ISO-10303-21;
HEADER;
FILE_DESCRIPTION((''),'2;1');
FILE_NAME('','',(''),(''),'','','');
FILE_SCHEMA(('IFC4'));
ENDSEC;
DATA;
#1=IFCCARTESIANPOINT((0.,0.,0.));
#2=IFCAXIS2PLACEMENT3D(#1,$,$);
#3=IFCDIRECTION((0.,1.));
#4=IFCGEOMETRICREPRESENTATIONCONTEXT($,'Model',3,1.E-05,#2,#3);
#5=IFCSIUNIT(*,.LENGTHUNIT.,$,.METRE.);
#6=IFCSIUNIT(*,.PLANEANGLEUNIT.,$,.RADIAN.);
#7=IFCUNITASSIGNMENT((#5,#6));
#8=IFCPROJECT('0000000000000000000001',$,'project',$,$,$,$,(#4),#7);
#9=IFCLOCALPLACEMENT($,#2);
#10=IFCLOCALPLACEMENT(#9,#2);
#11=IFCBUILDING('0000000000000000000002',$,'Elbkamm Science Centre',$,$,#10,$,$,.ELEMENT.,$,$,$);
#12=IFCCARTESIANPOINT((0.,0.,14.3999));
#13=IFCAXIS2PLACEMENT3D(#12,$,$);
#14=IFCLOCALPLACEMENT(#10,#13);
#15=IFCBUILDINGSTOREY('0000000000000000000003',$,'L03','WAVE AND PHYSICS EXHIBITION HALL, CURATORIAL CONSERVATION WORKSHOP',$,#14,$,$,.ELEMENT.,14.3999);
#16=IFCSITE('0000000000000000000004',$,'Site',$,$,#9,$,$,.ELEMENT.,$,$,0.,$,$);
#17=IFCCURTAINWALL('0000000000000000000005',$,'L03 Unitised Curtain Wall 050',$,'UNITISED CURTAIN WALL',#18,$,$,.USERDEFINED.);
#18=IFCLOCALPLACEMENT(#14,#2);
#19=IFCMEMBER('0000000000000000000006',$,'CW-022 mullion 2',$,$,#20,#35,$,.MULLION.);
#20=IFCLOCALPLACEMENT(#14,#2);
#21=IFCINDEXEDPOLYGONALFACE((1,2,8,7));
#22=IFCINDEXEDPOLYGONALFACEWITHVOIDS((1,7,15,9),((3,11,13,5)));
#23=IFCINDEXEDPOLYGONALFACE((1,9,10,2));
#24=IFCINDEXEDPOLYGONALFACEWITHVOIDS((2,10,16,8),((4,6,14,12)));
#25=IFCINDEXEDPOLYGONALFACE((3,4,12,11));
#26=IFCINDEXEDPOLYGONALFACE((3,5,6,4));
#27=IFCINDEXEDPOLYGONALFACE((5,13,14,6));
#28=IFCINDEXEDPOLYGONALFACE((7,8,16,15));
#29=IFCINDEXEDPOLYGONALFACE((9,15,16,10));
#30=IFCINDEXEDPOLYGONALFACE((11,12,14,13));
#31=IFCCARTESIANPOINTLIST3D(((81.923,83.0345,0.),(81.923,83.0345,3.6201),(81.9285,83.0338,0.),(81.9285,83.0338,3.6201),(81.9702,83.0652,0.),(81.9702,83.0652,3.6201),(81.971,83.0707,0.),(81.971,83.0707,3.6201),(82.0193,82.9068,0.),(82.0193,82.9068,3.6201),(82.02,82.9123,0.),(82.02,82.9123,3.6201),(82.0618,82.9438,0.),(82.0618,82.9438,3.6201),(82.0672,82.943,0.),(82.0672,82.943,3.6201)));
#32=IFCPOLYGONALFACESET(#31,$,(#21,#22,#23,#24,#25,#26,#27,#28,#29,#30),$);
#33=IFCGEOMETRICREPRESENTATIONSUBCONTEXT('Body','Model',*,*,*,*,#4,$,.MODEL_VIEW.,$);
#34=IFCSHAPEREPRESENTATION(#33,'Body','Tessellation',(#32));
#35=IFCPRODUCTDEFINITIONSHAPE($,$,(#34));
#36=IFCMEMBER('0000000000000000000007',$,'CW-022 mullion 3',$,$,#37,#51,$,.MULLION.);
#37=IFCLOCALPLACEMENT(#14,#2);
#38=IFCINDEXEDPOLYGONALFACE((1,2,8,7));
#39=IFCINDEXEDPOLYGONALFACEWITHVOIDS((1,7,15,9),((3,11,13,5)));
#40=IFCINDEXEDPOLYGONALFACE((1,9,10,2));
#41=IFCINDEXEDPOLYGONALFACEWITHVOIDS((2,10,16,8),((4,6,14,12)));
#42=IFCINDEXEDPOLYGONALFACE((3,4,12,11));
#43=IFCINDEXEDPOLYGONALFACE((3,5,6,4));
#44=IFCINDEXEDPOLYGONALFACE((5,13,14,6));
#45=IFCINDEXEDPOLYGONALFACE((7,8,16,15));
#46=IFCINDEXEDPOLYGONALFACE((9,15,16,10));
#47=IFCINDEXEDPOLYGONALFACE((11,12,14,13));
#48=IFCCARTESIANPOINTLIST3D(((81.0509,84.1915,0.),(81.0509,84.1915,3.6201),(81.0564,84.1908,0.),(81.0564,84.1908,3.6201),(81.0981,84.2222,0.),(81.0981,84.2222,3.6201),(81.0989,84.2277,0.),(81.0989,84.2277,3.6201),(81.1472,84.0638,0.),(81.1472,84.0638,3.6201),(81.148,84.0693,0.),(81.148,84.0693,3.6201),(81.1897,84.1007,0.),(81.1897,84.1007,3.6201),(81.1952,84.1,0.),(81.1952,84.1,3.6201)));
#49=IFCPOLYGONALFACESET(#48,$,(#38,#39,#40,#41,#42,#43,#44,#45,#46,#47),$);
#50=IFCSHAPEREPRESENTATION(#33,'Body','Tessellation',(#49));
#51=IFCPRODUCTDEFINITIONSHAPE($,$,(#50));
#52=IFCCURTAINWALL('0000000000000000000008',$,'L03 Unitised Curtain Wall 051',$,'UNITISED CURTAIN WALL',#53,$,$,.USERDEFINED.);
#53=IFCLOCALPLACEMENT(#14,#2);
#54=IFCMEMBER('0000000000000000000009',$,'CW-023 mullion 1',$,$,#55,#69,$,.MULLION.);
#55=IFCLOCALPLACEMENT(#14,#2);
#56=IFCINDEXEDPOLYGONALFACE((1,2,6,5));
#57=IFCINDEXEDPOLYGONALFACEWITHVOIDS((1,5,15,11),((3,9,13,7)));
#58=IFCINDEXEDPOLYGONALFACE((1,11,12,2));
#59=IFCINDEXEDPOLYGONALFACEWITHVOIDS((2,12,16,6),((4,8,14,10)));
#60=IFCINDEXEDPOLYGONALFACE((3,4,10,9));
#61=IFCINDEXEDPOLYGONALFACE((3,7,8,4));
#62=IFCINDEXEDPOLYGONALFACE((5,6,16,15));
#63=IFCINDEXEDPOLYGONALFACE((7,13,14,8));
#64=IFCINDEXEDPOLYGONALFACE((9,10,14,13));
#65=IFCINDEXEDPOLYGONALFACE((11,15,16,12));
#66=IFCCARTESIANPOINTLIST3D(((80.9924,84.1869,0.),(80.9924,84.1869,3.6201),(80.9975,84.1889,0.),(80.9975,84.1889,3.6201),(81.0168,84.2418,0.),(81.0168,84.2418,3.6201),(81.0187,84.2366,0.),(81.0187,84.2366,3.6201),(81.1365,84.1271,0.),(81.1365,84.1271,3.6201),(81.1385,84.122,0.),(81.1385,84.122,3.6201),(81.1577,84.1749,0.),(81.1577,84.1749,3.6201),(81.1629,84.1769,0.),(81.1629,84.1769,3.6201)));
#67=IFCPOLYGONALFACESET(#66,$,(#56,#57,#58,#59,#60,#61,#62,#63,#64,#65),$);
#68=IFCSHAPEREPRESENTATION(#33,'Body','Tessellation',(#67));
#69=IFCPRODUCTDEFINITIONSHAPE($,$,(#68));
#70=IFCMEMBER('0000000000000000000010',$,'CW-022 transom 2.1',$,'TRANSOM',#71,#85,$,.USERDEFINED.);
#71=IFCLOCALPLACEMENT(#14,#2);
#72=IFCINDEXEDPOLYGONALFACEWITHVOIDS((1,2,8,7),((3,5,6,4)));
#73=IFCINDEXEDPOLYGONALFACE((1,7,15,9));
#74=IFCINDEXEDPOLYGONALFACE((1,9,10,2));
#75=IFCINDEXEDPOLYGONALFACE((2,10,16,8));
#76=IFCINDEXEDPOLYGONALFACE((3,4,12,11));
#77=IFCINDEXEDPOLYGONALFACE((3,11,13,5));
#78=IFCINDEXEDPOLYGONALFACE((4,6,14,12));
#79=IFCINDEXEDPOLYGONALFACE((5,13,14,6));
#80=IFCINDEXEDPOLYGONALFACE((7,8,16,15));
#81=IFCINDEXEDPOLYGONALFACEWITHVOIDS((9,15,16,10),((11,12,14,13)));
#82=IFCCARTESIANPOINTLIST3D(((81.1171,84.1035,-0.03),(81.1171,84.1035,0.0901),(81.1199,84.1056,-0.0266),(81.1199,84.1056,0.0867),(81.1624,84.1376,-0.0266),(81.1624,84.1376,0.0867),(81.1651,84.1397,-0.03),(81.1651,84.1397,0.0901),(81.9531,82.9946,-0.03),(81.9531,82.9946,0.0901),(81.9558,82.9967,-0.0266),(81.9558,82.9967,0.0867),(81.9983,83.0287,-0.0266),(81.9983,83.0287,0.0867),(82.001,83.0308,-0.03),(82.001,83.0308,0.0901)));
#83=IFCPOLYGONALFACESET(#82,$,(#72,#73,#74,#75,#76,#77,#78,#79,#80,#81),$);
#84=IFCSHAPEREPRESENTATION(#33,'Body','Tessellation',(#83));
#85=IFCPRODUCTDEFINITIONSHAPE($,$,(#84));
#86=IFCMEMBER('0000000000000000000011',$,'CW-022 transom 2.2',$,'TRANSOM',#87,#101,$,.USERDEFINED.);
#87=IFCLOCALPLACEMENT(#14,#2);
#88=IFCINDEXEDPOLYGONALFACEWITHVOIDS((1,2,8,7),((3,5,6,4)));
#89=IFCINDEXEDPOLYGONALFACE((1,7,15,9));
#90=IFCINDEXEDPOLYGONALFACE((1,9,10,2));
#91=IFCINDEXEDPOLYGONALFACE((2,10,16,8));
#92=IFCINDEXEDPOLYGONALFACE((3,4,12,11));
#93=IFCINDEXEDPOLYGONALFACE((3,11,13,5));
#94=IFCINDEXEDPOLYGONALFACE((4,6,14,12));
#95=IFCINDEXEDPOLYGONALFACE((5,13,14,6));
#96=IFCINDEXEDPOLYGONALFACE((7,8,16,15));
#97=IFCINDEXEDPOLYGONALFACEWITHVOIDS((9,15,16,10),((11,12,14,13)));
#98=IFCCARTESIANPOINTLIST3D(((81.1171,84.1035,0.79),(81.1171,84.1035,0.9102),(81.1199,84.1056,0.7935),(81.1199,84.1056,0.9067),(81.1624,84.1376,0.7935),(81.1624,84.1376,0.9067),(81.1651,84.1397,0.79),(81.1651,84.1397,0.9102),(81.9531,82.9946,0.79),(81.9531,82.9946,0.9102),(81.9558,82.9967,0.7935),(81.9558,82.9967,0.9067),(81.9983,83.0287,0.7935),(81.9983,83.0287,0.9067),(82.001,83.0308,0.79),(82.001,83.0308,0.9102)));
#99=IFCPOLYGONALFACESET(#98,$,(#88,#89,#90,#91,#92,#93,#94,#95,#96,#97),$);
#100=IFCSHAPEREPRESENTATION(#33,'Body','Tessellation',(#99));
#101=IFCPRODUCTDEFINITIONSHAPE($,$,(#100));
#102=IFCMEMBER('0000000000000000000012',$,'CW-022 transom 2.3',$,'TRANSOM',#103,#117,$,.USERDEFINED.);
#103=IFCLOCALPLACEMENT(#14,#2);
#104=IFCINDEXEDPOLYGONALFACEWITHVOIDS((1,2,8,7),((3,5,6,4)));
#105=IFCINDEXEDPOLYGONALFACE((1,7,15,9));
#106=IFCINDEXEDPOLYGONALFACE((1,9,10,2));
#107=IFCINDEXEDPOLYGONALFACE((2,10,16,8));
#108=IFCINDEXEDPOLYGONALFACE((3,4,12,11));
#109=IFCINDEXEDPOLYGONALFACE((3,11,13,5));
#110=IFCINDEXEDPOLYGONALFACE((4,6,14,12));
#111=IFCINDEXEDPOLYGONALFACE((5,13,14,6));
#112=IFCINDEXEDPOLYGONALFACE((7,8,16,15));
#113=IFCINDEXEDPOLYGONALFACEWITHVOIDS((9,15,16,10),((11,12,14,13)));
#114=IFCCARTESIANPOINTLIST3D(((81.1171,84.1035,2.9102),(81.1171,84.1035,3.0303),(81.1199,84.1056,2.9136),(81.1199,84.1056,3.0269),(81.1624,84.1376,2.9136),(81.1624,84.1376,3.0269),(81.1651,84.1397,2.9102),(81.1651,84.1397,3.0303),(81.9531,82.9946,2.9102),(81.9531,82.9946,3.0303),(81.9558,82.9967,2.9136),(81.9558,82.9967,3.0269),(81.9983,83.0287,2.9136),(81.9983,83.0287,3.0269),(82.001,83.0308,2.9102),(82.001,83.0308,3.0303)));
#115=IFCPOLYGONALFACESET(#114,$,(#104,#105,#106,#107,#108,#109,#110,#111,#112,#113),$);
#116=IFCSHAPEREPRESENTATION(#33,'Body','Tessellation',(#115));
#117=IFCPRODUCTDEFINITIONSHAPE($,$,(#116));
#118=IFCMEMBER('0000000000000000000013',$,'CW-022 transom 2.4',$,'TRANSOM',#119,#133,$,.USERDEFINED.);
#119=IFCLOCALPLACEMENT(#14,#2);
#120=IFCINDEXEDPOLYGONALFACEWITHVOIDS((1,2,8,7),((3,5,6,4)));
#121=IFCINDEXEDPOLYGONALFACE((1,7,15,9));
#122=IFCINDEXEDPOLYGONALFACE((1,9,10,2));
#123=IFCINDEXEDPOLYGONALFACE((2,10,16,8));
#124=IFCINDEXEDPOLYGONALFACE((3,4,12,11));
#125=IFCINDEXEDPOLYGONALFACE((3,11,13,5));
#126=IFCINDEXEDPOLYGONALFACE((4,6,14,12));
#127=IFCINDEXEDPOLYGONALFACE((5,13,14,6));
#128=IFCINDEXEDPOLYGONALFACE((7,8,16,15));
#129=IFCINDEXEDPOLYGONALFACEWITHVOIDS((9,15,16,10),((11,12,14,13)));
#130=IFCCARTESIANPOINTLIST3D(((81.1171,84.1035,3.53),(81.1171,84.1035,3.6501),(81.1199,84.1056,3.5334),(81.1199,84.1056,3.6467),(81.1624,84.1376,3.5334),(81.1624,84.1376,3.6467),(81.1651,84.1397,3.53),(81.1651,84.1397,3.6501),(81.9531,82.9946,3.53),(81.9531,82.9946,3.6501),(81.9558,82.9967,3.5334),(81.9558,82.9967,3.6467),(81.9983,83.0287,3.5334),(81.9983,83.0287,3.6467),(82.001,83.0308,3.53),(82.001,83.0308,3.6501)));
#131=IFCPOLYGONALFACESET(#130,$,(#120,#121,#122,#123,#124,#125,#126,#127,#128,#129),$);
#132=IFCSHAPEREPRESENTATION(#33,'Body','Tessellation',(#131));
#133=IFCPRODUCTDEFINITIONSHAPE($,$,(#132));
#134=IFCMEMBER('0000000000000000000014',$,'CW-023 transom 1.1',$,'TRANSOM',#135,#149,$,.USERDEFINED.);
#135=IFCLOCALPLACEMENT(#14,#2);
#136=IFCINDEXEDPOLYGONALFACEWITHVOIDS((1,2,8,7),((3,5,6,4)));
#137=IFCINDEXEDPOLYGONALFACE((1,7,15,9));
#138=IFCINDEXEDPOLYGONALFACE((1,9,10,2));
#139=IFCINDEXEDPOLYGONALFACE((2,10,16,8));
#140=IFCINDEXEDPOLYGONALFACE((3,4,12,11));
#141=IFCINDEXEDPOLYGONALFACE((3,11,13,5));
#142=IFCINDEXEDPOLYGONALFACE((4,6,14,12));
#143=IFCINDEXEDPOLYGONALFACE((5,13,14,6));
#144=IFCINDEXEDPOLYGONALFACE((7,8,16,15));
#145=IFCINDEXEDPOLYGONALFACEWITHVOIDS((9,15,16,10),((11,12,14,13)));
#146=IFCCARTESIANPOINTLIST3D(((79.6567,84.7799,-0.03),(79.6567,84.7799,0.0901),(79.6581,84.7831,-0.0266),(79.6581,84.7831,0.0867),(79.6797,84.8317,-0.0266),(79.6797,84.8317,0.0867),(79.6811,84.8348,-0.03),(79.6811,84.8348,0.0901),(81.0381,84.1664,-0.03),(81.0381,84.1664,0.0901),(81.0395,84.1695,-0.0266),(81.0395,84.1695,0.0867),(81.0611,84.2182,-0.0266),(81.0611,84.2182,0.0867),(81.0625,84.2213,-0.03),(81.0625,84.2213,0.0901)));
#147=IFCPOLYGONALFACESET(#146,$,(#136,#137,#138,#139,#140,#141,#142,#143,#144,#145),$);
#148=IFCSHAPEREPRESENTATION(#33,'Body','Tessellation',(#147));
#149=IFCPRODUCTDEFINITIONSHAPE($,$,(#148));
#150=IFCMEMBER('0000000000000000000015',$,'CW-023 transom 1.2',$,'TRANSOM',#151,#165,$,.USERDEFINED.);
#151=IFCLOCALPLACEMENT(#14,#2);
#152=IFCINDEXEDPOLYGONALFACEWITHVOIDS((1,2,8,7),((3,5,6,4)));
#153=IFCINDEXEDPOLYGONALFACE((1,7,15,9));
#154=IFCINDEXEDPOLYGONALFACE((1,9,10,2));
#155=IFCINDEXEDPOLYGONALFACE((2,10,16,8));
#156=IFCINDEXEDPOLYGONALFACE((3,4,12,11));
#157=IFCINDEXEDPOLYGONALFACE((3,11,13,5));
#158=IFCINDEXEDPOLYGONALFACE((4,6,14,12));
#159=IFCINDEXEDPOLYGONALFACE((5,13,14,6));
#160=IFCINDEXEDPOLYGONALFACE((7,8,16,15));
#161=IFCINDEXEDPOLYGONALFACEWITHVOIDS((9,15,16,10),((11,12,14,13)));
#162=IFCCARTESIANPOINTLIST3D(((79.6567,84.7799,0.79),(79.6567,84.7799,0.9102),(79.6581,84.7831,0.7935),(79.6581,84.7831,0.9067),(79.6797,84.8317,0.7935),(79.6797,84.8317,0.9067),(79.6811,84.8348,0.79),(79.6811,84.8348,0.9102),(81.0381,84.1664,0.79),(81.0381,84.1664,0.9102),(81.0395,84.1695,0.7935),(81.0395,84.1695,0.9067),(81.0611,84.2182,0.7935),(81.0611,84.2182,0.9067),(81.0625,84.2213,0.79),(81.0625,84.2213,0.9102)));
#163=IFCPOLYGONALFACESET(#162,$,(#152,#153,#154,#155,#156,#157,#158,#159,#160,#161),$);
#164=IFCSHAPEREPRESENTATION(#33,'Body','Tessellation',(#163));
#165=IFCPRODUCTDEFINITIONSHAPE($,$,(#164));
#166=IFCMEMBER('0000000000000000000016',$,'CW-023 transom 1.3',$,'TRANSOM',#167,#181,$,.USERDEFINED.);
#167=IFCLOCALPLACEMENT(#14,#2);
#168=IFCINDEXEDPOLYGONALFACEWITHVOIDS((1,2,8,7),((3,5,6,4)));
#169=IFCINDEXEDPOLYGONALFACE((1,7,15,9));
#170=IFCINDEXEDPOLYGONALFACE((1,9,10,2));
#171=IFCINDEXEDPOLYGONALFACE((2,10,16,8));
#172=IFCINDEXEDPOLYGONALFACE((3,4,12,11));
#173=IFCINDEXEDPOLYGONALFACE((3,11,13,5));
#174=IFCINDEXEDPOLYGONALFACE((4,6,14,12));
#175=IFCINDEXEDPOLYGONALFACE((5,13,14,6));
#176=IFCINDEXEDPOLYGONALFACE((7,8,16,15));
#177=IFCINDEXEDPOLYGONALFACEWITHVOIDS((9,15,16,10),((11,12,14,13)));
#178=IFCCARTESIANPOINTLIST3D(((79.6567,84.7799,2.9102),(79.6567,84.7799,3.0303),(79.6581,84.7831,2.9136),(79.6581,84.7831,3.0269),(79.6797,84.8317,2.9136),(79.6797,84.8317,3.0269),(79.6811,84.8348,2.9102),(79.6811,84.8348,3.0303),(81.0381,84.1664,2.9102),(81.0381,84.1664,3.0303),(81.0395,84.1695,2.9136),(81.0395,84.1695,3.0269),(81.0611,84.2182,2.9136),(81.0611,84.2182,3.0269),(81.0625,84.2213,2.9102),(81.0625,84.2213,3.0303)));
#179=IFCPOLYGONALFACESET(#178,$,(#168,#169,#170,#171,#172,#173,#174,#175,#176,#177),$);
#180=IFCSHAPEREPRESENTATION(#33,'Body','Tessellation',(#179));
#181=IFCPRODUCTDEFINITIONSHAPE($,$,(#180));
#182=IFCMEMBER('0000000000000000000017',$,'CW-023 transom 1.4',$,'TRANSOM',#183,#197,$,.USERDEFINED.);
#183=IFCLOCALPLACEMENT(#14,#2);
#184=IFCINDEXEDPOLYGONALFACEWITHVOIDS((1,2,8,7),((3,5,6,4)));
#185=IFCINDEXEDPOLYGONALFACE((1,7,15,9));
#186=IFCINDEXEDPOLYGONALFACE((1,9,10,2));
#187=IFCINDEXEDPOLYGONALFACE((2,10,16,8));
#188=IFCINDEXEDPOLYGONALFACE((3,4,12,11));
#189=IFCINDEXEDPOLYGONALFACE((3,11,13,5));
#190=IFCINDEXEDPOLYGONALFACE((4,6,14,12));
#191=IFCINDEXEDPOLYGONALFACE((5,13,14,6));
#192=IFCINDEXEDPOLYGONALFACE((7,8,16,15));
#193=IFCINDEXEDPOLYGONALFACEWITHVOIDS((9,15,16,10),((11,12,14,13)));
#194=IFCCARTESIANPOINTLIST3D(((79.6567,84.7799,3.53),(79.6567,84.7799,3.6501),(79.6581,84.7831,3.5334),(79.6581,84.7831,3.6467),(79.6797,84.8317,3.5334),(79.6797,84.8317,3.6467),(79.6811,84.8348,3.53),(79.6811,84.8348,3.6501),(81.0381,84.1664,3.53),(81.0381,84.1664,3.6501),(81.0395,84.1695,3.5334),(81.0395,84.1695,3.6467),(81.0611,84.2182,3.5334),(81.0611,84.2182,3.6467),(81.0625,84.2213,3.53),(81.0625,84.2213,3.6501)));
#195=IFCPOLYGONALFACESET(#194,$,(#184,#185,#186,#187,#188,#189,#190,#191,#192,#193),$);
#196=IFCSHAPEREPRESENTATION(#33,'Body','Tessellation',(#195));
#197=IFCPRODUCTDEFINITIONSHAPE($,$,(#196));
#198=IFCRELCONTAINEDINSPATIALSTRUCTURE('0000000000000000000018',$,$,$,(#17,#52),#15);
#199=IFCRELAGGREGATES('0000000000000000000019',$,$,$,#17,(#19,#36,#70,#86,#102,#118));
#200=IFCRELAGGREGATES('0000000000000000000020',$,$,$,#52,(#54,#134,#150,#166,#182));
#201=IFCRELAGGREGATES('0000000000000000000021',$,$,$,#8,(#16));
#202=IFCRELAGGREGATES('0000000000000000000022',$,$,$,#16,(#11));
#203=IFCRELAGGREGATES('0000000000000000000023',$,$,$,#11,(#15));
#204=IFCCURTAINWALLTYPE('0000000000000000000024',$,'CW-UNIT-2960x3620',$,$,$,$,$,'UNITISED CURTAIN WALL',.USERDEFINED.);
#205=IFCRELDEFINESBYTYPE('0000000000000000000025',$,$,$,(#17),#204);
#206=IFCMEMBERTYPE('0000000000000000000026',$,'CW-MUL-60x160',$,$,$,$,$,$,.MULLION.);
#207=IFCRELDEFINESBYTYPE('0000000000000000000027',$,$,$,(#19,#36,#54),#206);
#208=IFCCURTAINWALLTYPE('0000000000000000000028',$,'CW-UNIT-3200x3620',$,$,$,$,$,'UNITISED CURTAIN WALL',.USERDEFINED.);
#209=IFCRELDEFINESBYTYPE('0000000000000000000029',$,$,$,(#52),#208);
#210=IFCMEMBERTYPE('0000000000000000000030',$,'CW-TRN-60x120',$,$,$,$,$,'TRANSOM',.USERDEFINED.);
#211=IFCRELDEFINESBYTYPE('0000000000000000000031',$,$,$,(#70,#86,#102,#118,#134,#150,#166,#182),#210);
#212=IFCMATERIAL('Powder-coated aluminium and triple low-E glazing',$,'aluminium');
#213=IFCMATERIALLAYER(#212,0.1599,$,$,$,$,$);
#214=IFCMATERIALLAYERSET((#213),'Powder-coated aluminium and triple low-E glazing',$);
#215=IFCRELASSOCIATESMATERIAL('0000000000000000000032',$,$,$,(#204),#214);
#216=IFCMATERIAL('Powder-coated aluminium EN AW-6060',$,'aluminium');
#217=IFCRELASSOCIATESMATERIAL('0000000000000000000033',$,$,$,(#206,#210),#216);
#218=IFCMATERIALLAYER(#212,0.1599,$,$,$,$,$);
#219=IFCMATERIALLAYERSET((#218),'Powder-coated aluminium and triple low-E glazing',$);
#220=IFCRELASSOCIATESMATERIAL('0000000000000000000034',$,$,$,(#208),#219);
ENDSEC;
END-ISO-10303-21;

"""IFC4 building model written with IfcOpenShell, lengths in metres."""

from ifc_helpers import new_model, si_unit, direction, frame, origin, origin_2d, place, context, subcontext, project, spatial, hollow_rectangle, extrude, material, layer, layer_set, material_profile, profile_set, type_object, element, aggregate, save


model = new_model("IFC4")

# Units and contexts
model_context = context("Model", 3, precision=1e-05, world=origin(), true_north=direction((0.0, 1.0)))
body_context = subcontext(model_context, "Body", "Model", "MODEL_VIEW")
ifc_project = project(units=[si_unit("LENGTHUNIT", "METRE"), si_unit("PLANEANGLEUNIT", "RADIAN")], contexts=[model_context])

# Site, building, storey
site_placement = place(None, origin())
site = spatial("IfcSite", under=ifc_project, at=site_placement, Name="Site", CompositionType="ELEMENT", RefElevation=0.0)
building_placement = place(site_placement, origin())
building = spatial("IfcBuilding", under=site, at=building_placement, Name="Elbkamm Science Centre", CompositionType="ELEMENT")
storey_placement = place(building_placement, frame((0.0, 0.0, 14.3999)))
storey = spatial("IfcBuildingStorey", under=building, at=storey_placement, Name="L03", Description="WAVE AND PHYSICS EXHIBITION HALL, CURATORIAL CONSERVATION WORKSHOP", CompositionType="ELEMENT", Elevation=14.3999)

# Curtain wall, members
ifc_material_1 = material(Name="Powder-coated aluminium and triple low-E glazing", Category="aluminium")
ifc_layer_1 = layer(ifc_material_1, 0.1599)
ifc_layer_set_1 = layer_set([ifc_layer_1], Name="Powder-coated aluminium and triple low-E glazing")
curtain_wall_type_1 = type_object("IfcCurtainWallType", Name="CW-UNIT-2960x3620", ElementType="UNITISED CURTAIN WALL", PredefinedType="USERDEFINED", material=ifc_layer_set_1)
curtain_wall_1_placement = place(storey_placement, origin())
curtain_wall_1 = element("IfcCurtainWall", 1, at=curtain_wall_1_placement, inside=storey, type_object=curtain_wall_type_1, Name="L03 Unitised Curtain Wall 050", ObjectType="UNITISED CURTAIN WALL", PredefinedType="USERDEFINED")
ifc_material_2 = material(Name="Powder-coated aluminium EN AW-6060", Category="aluminium")
ifc_material_profile_1 = material_profile(ifc_material_2, hollow_rectangle(XDim=0.0601, YDim=0.1599, WallThickness=0.0039, at=origin_2d()), Name="ALU M60x160")
ifc_profile_set_1 = profile_set([ifc_material_profile_1], Name="Powder-coated aluminium EN AW-6060")
member_type_1 = type_object("IfcMemberType", Name="CW-MUL-60x160", PredefinedType="MULLION", material=ifc_profile_set_1)
member_1_placement = place(storey_placement, frame((81.9951, 82.9888, 0.0), z_axis=(0.0, 0.0, 1.0), x_axis=(-0.798586, -0.601881, 0.0)))
member_1 = element("IfcMember", 2, at=member_1_placement, type_object=member_type_1, Name="CW-022 mullion 2", PredefinedType="MULLION", context=body_context, shape_type="SweptSolid", body=[
    extrude(hollow_rectangle(XDim=0.0601, YDim=0.1599, WallThickness=0.0039, at=origin_2d()), origin(), (0.0, 0.0, 1.0), 3.6201),
])
member_2_placement = place(storey_placement, frame((81.123, 84.1458, 0.0), z_axis=(0.0, 0.0, 1.0), x_axis=(-0.798586, -0.601881, 0.0)))
member_2 = element("IfcMember", 3, at=member_2_placement, type_object=member_type_1, Name="CW-022 mullion 3", PredefinedType="MULLION", context=body_context, shape_type="SweptSolid", body=[
    extrude(hollow_rectangle(XDim=0.0601, YDim=0.1599, WallThickness=0.0039, at=origin_2d()), origin(), (0.0, 0.0, 1.0), 3.6201),
])

# Curtain wall, member
ifc_layer_2 = layer(ifc_material_1, 0.1599)
ifc_layer_set_2 = layer_set([ifc_layer_2], Name="Powder-coated aluminium and triple low-E glazing")
curtain_wall_type_2 = type_object("IfcCurtainWallType", Name="CW-UNIT-3200x3620", ElementType="UNITISED CURTAIN WALL", PredefinedType="USERDEFINED", material=ifc_layer_set_2)
curtain_wall_2_placement = place(storey_placement, origin())
curtain_wall_2 = element("IfcCurtainWall", 4, at=curtain_wall_2_placement, inside=storey, type_object=curtain_wall_type_2, Name="L03 Unitised Curtain Wall 051", ObjectType="UNITISED CURTAIN WALL", PredefinedType="USERDEFINED")
member_3_placement = place(storey_placement, frame((81.0776, 84.1819, 0.0), z_axis=(0.0, 0.0, 1.0), x_axis=(-0.405944, -0.913898, 0.0)))
member_3 = element("IfcMember", 5, at=member_3_placement, type_object=member_type_1, Name="CW-023 mullion 1", PredefinedType="MULLION", context=body_context, shape_type="SweptSolid", body=[
    extrude(hollow_rectangle(XDim=0.0601, YDim=0.1599, WallThickness=0.0039, at=origin_2d()), origin(), (0.0, 0.0, 1.0), 3.6201),
])

# Members
ifc_material_profile_2 = material_profile(ifc_material_2, hollow_rectangle(XDim=0.0601, YDim=0.1201, WallThickness=0.0034, at=origin_2d()), Name="ALU T60x120")
ifc_profile_set_2 = profile_set([ifc_material_profile_2], Name="Powder-coated aluminium EN AW-6060")
member_type_2 = type_object("IfcMemberType", Name="CW-TRN-60x120", ElementType="TRANSOM", PredefinedType="USERDEFINED", material=ifc_profile_set_2)
member_4_placement = place(storey_placement, frame((81.9771, 83.0127, 0.03), z_axis=(-0.601967, 0.798521, 0.0), x_axis=(-0.798521, -0.601967, 0.0)))
member_4 = element("IfcMember", 6, at=member_4_placement, type_object=member_type_2, Name="CW-022 transom 2.1", ObjectType="TRANSOM", PredefinedType="USERDEFINED", context=body_context, shape_type="SweptSolid", body=[
    extrude(hollow_rectangle(XDim=0.0601, YDim=0.1201, WallThickness=0.0034, at=origin_2d()), origin(), (0.0, 0.0, 1.0), 1.3887),
])
member_5_placement = place(storey_placement, frame((81.9771, 83.0127, 0.8501), z_axis=(-0.601967, 0.798521, 0.0), x_axis=(-0.798521, -0.601967, 0.0)))
member_5 = element("IfcMember", 7, at=member_5_placement, type_object=member_type_2, Name="CW-022 transom 2.2", ObjectType="TRANSOM", PredefinedType="USERDEFINED", context=body_context, shape_type="SweptSolid", body=[
    extrude(hollow_rectangle(XDim=0.0601, YDim=0.1201, WallThickness=0.0034, at=origin_2d()), origin(), (0.0, 0.0, 1.0), 1.3887),
])
member_6_placement = place(storey_placement, frame((81.9771, 83.0127, 2.9702), z_axis=(-0.601967, 0.798521, 0.0), x_axis=(-0.798521, -0.601967, 0.0)))
member_6 = element("IfcMember", 8, at=member_6_placement, type_object=member_type_2, Name="CW-022 transom 2.3", ObjectType="TRANSOM", PredefinedType="USERDEFINED", context=body_context, shape_type="SweptSolid", body=[
    extrude(hollow_rectangle(XDim=0.0601, YDim=0.1201, WallThickness=0.0034, at=origin_2d()), origin(), (0.0, 0.0, 1.0), 1.3887),
])
member_7_placement = place(storey_placement, frame((81.9771, 83.0127, 3.5901), z_axis=(-0.601967, 0.798521, 0.0), x_axis=(-0.798521, -0.601967, 0.0)))
member_7 = element("IfcMember", 9, at=member_7_placement, type_object=member_type_2, Name="CW-022 transom 2.4", ObjectType="TRANSOM", PredefinedType="USERDEFINED", context=body_context, shape_type="SweptSolid", body=[
    extrude(hollow_rectangle(XDim=0.0601, YDim=0.1201, WallThickness=0.0034, at=origin_2d()), origin(), (0.0, 0.0, 1.0), 1.3887),
])
member_8_placement = place(storey_placement, frame((81.0503, 84.1938, 0.03), z_axis=(-0.913911, 0.405914, 0.0), x_axis=(-0.405914, -0.913911, 0.0)))
member_8 = element("IfcMember", 10, at=member_8_placement, type_object=member_type_2, Name="CW-023 transom 1.1", ObjectType="TRANSOM", PredefinedType="USERDEFINED", context=body_context, shape_type="SweptSolid", body=[
    extrude(hollow_rectangle(XDim=0.0601, YDim=0.1201, WallThickness=0.0034, at=origin_2d()), origin(), (0.0, 0.0, 1.0), 1.5115),
])
member_9_placement = place(storey_placement, frame((81.0503, 84.1938, 0.8501), z_axis=(-0.913911, 0.405914, 0.0), x_axis=(-0.405914, -0.913911, 0.0)))
member_9 = element("IfcMember", 11, at=member_9_placement, type_object=member_type_2, Name="CW-023 transom 1.2", ObjectType="TRANSOM", PredefinedType="USERDEFINED", context=body_context, shape_type="SweptSolid", body=[
    extrude(hollow_rectangle(XDim=0.0601, YDim=0.1201, WallThickness=0.0034, at=origin_2d()), origin(), (0.0, 0.0, 1.0), 1.5115),
])
member_10_placement = place(storey_placement, frame((81.0503, 84.1938, 2.9702), z_axis=(-0.913911, 0.405914, 0.0), x_axis=(-0.405914, -0.913911, 0.0)))
member_10 = element("IfcMember", 12, at=member_10_placement, type_object=member_type_2, Name="CW-023 transom 1.3", ObjectType="TRANSOM", PredefinedType="USERDEFINED", context=body_context, shape_type="SweptSolid", body=[
    extrude(hollow_rectangle(XDim=0.0601, YDim=0.1201, WallThickness=0.0034, at=origin_2d()), origin(), (0.0, 0.0, 1.0), 1.5115),
])
member_11_placement = place(storey_placement, frame((81.0503, 84.1938, 3.5901), z_axis=(-0.913911, 0.405914, 0.0), x_axis=(-0.405914, -0.913911, 0.0)))
member_11 = element("IfcMember", 13, at=member_11_placement, type_object=member_type_2, Name="CW-023 transom 1.4", ObjectType="TRANSOM", PredefinedType="USERDEFINED", context=body_context, shape_type="SweptSolid", body=[
    extrude(hollow_rectangle(XDim=0.0601, YDim=0.1201, WallThickness=0.0034, at=origin_2d()), origin(), (0.0, 0.0, 1.0), 1.5115),
])

aggregate(curtain_wall_1, [member_1, member_2, member_4, member_5, member_6, member_7])
aggregate(curtain_wall_2, [member_3, member_8, member_9, member_10, member_11])

save(model, "model.ifc")
